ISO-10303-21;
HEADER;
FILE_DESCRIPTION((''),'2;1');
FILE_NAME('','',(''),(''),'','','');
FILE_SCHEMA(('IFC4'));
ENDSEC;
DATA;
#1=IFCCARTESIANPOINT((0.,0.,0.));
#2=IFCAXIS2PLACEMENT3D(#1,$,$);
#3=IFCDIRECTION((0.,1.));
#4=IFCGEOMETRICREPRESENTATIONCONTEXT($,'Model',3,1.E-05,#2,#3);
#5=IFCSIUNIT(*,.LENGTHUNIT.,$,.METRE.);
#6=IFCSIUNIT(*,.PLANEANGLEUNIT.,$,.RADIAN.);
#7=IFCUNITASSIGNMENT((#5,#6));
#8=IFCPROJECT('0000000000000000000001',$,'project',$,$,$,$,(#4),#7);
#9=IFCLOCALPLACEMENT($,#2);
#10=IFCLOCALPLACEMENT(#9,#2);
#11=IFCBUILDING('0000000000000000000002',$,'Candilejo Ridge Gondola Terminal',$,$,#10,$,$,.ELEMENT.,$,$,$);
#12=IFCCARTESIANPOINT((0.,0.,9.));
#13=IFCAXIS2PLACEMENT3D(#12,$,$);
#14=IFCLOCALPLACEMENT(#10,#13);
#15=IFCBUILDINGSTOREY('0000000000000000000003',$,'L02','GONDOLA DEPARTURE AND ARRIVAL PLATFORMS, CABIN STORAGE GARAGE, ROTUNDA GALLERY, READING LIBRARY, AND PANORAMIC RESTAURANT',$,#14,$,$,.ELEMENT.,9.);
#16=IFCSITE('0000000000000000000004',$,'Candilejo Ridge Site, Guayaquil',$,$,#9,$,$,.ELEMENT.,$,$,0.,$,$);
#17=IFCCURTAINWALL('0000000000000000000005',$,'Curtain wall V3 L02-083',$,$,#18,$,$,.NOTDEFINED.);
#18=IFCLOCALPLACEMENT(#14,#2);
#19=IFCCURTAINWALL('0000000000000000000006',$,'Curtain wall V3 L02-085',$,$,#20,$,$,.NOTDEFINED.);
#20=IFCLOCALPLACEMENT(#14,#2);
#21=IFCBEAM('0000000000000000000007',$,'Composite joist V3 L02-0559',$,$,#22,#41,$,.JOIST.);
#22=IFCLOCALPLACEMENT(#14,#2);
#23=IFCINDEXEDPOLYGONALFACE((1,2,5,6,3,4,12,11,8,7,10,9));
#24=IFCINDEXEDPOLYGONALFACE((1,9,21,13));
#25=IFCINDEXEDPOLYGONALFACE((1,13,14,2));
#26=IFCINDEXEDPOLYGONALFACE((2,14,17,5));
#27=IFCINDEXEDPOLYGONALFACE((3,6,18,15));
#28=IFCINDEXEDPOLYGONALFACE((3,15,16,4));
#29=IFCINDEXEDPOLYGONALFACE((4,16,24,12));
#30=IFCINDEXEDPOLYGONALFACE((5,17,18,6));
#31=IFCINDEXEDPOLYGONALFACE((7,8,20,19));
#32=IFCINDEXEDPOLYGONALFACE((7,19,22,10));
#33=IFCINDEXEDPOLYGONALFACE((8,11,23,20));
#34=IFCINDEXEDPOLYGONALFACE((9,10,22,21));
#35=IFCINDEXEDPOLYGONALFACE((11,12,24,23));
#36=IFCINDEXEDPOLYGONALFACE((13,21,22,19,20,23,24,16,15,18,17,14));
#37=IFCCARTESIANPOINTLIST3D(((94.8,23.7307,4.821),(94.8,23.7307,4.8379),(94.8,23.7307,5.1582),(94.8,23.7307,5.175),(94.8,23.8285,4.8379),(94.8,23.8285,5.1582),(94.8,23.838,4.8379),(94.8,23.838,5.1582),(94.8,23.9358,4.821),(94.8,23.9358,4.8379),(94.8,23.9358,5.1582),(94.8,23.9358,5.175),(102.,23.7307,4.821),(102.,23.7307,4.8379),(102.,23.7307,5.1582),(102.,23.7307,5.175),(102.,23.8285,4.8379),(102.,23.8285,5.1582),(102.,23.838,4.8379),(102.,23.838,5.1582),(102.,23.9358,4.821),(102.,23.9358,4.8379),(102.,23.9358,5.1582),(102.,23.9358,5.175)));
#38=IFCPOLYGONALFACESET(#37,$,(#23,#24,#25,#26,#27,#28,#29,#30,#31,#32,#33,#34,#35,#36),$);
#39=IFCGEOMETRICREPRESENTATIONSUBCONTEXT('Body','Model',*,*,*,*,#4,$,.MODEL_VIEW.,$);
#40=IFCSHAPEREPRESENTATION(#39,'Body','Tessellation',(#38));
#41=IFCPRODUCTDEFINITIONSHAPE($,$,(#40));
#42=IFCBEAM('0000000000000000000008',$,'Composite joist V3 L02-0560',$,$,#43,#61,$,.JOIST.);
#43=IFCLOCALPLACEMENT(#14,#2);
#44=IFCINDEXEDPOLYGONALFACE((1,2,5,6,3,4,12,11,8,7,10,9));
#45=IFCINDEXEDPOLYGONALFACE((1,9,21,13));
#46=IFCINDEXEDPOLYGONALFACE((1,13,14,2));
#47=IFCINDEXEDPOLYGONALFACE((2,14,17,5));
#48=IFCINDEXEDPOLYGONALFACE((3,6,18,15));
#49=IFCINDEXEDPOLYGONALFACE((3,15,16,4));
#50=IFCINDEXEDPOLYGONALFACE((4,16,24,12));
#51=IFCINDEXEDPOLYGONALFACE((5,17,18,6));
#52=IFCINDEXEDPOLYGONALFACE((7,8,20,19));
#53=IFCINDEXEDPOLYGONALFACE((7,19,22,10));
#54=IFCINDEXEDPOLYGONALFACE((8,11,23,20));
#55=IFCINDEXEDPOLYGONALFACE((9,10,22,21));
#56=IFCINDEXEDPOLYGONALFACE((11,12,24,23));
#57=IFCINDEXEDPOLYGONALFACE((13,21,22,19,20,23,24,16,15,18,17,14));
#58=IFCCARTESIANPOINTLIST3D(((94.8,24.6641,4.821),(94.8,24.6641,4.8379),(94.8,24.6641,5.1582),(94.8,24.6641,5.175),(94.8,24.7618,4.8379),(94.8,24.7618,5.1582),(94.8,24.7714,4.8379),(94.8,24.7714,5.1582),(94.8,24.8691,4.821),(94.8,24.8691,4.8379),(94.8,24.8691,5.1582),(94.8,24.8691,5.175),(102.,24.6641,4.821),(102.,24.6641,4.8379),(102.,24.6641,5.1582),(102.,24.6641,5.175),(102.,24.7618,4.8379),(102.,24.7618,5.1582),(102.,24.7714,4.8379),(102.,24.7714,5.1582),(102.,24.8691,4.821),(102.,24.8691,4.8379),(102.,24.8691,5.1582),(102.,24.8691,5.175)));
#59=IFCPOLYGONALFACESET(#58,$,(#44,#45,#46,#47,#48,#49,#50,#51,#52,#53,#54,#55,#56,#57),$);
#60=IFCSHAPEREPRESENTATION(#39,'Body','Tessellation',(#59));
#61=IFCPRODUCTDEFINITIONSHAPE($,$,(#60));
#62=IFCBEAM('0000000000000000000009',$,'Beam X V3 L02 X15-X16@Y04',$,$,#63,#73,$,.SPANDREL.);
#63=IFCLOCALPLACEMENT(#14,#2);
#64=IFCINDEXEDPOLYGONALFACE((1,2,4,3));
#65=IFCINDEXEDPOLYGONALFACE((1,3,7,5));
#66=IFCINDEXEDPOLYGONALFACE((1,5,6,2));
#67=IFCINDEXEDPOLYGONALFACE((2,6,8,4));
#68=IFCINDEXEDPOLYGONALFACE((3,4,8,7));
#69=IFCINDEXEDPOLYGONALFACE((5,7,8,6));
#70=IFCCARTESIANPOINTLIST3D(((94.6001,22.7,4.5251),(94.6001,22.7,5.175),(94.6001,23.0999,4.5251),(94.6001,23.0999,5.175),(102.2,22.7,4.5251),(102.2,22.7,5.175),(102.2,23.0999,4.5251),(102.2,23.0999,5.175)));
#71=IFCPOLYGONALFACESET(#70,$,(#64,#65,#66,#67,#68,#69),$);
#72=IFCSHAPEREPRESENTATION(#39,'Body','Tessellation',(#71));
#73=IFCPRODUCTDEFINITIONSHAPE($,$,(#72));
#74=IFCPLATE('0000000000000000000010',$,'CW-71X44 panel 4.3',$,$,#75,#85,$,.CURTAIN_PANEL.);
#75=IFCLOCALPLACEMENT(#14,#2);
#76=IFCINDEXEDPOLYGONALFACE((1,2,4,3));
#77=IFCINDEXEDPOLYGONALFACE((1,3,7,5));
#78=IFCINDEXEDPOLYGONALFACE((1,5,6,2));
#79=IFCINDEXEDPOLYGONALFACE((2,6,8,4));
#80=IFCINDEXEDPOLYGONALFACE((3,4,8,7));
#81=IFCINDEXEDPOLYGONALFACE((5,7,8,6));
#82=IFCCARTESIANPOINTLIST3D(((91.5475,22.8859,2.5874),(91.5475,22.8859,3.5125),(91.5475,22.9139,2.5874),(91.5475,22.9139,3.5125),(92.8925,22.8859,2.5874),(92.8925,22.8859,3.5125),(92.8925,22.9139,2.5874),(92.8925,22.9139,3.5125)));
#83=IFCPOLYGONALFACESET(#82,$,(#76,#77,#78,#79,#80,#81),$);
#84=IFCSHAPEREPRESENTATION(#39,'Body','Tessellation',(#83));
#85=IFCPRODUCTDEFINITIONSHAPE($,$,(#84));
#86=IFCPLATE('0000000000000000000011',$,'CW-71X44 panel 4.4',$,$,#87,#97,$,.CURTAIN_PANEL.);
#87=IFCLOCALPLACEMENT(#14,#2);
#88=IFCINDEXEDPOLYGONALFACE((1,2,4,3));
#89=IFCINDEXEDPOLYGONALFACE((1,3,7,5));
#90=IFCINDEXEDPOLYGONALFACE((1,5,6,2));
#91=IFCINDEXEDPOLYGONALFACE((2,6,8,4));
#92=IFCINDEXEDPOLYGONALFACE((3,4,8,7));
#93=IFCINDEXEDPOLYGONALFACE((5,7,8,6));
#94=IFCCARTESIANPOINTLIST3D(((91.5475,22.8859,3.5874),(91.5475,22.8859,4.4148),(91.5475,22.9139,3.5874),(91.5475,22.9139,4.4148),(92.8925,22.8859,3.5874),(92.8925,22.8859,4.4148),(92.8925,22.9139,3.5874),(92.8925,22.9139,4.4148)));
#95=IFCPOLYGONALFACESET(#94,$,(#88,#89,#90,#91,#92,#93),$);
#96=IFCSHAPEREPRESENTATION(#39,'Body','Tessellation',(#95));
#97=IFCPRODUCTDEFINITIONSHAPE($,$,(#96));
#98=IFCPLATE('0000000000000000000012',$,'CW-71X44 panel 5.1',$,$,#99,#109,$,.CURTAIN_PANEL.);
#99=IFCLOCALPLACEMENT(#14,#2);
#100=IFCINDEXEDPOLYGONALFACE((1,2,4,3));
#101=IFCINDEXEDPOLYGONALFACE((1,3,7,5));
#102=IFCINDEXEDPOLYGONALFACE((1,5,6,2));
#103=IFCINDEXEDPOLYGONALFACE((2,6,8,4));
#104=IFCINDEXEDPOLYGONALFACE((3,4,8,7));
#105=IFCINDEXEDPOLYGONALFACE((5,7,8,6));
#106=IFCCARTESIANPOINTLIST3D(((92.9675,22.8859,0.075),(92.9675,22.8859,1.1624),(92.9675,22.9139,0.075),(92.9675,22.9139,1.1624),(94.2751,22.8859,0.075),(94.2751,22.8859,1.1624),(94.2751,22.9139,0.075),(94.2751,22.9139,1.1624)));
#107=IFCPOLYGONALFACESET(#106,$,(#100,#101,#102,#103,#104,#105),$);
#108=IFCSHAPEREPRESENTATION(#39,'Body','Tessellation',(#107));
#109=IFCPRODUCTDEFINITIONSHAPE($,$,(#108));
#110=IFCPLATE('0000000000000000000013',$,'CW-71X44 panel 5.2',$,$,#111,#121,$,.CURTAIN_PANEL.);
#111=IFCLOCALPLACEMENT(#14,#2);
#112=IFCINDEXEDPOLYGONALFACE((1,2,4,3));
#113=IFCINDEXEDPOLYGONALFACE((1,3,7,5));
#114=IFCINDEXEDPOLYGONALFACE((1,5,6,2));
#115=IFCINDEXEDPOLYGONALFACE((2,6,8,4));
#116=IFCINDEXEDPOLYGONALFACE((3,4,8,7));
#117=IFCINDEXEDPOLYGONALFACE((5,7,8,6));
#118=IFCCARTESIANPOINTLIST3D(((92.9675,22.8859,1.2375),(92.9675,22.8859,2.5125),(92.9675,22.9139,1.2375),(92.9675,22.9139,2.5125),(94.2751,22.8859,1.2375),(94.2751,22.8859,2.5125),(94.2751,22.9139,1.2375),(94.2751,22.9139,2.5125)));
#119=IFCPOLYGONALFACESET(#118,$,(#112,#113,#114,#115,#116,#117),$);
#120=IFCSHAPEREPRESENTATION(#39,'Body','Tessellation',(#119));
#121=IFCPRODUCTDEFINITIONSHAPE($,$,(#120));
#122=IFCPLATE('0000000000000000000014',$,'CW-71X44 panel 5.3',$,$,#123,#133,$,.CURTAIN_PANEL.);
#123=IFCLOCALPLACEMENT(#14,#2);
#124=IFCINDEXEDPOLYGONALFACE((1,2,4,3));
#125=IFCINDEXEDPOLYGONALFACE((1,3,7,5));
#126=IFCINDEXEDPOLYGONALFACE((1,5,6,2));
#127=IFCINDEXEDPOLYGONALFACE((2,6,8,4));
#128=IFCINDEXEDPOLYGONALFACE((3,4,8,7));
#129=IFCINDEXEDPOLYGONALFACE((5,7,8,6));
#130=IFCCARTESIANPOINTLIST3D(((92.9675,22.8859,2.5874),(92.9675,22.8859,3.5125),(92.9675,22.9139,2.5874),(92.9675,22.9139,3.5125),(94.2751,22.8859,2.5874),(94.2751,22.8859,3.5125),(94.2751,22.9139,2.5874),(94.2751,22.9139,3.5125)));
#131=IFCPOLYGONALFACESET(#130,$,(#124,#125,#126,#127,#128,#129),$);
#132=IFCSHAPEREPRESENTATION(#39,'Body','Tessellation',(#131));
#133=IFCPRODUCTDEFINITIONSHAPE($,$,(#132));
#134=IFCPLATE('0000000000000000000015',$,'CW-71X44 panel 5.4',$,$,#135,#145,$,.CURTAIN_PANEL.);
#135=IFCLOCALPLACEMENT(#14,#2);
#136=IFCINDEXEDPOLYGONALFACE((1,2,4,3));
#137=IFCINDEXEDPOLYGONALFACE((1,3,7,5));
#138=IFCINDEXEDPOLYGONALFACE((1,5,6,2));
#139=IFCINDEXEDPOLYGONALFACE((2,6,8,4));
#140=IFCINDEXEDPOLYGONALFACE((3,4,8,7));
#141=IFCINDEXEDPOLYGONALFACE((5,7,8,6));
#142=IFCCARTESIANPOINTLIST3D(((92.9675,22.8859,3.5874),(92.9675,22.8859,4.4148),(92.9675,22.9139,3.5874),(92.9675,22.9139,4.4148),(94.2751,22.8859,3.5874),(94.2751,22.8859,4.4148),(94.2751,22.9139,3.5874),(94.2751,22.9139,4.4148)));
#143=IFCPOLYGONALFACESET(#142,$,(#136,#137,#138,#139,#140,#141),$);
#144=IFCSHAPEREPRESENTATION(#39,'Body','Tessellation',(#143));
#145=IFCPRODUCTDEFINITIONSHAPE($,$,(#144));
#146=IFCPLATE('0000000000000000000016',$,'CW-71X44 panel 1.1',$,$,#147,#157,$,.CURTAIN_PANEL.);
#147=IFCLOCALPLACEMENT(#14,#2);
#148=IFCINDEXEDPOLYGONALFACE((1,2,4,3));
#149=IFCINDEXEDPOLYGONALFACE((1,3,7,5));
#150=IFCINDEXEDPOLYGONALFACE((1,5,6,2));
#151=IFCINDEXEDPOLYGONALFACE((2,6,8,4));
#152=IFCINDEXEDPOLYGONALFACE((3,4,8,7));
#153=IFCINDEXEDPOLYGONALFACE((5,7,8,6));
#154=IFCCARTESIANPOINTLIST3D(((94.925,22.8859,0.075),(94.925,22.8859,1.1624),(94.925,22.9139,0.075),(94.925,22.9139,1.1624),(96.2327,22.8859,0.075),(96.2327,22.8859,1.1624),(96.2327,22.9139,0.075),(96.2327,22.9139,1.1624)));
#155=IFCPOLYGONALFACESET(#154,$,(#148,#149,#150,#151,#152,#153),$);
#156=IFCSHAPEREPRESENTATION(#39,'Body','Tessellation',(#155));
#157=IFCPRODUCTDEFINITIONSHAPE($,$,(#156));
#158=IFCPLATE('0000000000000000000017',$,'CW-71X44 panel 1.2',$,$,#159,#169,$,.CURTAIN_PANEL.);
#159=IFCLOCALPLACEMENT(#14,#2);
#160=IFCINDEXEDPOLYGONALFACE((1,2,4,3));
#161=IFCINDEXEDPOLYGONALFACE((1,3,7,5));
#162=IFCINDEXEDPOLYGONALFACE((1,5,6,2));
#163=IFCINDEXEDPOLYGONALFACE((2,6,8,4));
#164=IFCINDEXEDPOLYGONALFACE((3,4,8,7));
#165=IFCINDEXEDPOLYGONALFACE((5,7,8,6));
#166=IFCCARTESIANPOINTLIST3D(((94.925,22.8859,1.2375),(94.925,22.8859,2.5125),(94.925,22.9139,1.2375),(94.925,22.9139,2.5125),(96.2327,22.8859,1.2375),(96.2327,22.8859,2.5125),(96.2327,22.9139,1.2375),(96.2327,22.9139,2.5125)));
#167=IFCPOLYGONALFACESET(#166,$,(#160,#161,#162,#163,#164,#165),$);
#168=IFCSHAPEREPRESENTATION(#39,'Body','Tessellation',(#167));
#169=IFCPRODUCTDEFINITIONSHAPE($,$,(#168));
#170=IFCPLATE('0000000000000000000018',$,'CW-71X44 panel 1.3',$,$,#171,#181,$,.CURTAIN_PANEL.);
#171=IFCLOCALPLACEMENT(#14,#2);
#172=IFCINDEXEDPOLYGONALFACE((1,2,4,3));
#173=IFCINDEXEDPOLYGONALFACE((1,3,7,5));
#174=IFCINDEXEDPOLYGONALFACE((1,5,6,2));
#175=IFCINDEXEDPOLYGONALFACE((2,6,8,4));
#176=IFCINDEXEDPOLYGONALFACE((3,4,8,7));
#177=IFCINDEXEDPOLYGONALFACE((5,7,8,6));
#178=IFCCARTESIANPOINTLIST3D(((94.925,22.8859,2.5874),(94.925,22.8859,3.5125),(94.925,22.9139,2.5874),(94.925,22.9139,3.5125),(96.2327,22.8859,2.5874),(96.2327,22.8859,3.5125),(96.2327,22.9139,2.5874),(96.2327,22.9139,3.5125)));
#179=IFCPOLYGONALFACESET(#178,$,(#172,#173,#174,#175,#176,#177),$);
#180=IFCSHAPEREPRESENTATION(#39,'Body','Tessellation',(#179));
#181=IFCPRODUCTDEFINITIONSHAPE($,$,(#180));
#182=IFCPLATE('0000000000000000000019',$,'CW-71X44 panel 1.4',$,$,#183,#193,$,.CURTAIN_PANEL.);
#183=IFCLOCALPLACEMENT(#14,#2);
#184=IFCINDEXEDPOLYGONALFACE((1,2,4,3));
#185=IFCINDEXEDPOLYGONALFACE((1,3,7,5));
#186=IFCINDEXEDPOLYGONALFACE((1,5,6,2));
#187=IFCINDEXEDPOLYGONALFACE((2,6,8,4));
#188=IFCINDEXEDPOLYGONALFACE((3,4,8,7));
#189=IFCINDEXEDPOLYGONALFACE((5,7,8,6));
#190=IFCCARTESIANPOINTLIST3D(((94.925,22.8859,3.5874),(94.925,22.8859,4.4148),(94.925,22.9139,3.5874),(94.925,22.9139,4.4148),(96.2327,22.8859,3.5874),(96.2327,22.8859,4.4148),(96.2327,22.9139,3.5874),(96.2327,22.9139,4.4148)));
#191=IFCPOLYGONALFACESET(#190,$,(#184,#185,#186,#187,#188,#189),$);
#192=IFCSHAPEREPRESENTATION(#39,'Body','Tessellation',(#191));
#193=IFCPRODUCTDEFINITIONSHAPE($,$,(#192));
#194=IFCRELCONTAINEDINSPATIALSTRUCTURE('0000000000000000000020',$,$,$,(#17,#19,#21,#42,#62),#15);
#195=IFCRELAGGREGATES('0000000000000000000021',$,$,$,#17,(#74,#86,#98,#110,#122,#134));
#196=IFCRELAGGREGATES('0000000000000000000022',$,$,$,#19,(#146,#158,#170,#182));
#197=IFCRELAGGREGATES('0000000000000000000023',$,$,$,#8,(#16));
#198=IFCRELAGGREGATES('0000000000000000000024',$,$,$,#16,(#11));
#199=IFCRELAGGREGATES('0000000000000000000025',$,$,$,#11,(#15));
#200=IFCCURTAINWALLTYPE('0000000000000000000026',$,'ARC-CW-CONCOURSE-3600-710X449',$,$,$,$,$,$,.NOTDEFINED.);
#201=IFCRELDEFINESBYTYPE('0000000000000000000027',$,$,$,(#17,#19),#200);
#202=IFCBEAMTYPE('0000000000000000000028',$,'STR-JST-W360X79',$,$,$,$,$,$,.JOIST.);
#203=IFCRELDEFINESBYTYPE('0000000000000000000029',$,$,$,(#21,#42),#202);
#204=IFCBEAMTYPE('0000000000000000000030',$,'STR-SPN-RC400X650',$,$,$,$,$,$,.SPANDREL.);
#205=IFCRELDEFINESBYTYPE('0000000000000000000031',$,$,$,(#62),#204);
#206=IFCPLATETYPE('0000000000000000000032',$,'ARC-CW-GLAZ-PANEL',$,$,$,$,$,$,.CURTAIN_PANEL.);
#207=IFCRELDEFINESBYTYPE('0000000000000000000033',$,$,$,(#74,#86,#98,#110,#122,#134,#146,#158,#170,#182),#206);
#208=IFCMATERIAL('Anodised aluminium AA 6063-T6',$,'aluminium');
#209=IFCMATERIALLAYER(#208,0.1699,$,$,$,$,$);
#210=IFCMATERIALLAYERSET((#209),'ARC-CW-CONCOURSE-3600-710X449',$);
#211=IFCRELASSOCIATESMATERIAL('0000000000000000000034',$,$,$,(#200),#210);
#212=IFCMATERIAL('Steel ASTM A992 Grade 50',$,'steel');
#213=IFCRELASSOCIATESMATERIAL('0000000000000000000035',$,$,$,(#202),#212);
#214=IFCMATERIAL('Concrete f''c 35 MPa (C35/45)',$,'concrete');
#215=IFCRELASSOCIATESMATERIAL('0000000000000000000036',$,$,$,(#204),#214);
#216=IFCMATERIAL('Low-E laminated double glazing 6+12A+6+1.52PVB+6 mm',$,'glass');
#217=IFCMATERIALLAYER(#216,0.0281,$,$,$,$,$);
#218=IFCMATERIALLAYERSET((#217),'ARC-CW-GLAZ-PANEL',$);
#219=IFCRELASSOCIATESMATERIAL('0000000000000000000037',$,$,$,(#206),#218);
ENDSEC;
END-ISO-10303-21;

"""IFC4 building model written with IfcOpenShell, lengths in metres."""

from ifc_helpers import new_model, si_unit, direction, frame, origin, origin_2d, place, context, subcontext, project, spatial, rectangle, i_section, extrude, material, layer, layer_set, material_profile, profile_set, type_object, element, aggregate, save


model = new_model("IFC4")

# Units and contexts
model_context = context("Model", 3, precision=1e-05, world=origin(), true_north=direction((0.0, 1.0)))
body_context = subcontext(model_context, "Body", "Model", "MODEL_VIEW")
ifc_project = project(units=[si_unit("LENGTHUNIT", "METRE"), si_unit("PLANEANGLEUNIT", "RADIAN")], contexts=[model_context])

# Site, building, storey
site_placement = place(None, origin())
site = spatial("IfcSite", under=ifc_project, at=site_placement, Name="Candilejo Ridge Site, Guayaquil", CompositionType="ELEMENT", RefElevation=0.0)
building_placement = place(site_placement, origin())
building = spatial("IfcBuilding", under=site, at=building_placement, Name="Candilejo Ridge Gondola Terminal", CompositionType="ELEMENT")
storey_placement = place(building_placement, frame((0.0, 0.0, 9.0)))
storey = spatial("IfcBuildingStorey", under=building, at=storey_placement, Name="L02", Description="GONDOLA DEPARTURE AND ARRIVAL PLATFORMS, CABIN STORAGE GARAGE, ROTUNDA GALLERY, READING LIBRARY, AND PANORAMIC RESTAURANT", CompositionType="ELEMENT", Elevation=9.0)

# Curtain walls
ifc_material_1 = material(Name="Anodised aluminium AA 6063-T6", Category="aluminium")
ifc_layer_1 = layer(ifc_material_1, 0.1699)
ifc_layer_set_1 = layer_set([ifc_layer_1], Name="ARC-CW-CONCOURSE-3600-710X449")
curtain_wall_type = type_object("IfcCurtainWallType", Name="ARC-CW-CONCOURSE-3600-710X449", PredefinedType="NOTDEFINED", material=ifc_layer_set_1)
curtain_wall_1_placement = place(storey_placement, origin())
curtain_wall_1 = element("IfcCurtainWall", 1, at=curtain_wall_1_placement, inside=storey, type_object=curtain_wall_type, Name="Curtain wall V3 L02-083", PredefinedType="NOTDEFINED")
curtain_wall_2_placement = place(storey_placement, origin())
curtain_wall_2 = element("IfcCurtainWall", 2, at=curtain_wall_2_placement, inside=storey, type_object=curtain_wall_type, Name="Curtain wall V3 L02-085", PredefinedType="NOTDEFINED")

# Beams
ifc_material_2 = material(Name="Steel ASTM A992 Grade 50", Category="steel")
ifc_material_profile_1 = material_profile(ifc_material_2, i_section(OverallWidth=0.2051, OverallDepth=0.354, WebThickness=0.0095, FlangeThickness=0.0168, at=origin_2d()))
ifc_profile_set_1 = profile_set([ifc_material_profile_1], Name="Steel ASTM A992 Grade 50")
beam_type_1 = type_object("IfcBeamType", Name="STR-JST-W360X79", PredefinedType="JOIST", material=ifc_profile_set_1)
for number, where, z_axis, x_axis, name in (
    (3, (94.8, 23.8333, 4.998), (1.0, 0.0, 0.0), (0.0, 1.0, 0.0), "Composite joist V3 L02-0559"),
    (4, (94.8, 24.7666, 4.998), (1.0, 0.0, 0.0), (0.0, 1.0, 0.0), "Composite joist V3 L02-0560"),
):
    element("IfcBeam", number, at=place(storey_placement, frame(where, z_axis=z_axis, x_axis=x_axis)), inside=storey, type_object=beam_type_1, Name=name, PredefinedType="JOIST", context=body_context, shape_type="SweptSolid", body=[
        extrude(i_section(OverallWidth=0.2051, OverallDepth=0.354, WebThickness=0.0095, FlangeThickness=0.0168, at=origin_2d()), origin(), (0.0, 0.0, 1.0), 7.2),
    ])
ifc_material_3 = material(Name="Concrete f'c 35 MPa (C35/45)", Category="concrete")
ifc_material_profile_2 = material_profile(ifc_material_3, rectangle(XDim=0.3999, YDim=0.6499, at=origin_2d()))
ifc_profile_set_2 = profile_set([ifc_material_profile_2], Name="Concrete f'c 35 MPa (C35/45)")
beam_type_2 = type_object("IfcBeamType", Name="STR-SPN-RC400X650", PredefinedType="SPANDREL", material=ifc_profile_set_2)
beam_1_placement = place(storey_placement, frame((94.6001, 22.8999, 4.8501), z_axis=(1.0, 0.0, 0.0), x_axis=(0.0, 1.0, 0.0)))
element("IfcBeam", 5, at=beam_1_placement, inside=storey, type_object=beam_type_2, Name="Beam X V3 L02 X15-X16@Y04", PredefinedType="SPANDREL", context=body_context, shape_type="SweptSolid", body=[
    extrude(rectangle(XDim=0.3999, YDim=0.6499, at=origin_2d()), origin(), (0.0, 0.0, 1.0), 7.5999),
])

# Plates
ifc_material_4 = material(Name="Low-E laminated double glazing 6+12A+6+1.52PVB+6 mm", Category="glass")
ifc_layer_2 = layer(ifc_material_4, 0.0281)
ifc_layer_set_2 = layer_set([ifc_layer_2], Name="ARC-CW-GLAZ-PANEL")
plate_type = type_object("IfcPlateType", Name="ARC-CW-GLAZ-PANEL", PredefinedType="CURTAIN_PANEL", material=ifc_layer_set_2)
plate_1_placement = place(storey_placement, frame((92.22, 22.8999, 2.5874), z_axis=(0.0, 0.0, 1.0), x_axis=(1.0, 0.0, 0.0)))
plate_1 = element("IfcPlate", 6, at=plate_1_placement, type_object=plate_type, Name="CW-71X44 panel 4.3", PredefinedType="CURTAIN_PANEL", context=body_context, shape_type="SweptSolid", body=[
    extrude(rectangle(XDim=1.345, YDim=0.0281, at=origin_2d()), origin(), (0.0, 0.0, 1.0), 0.925),
])
plate_2_placement = place(storey_placement, frame((92.22, 22.8999, 3.5874), z_axis=(0.0, 0.0, 1.0), x_axis=(1.0, 0.0, 0.0)))
plate_2 = element("IfcPlate", 7, at=plate_2_placement, type_object=plate_type, Name="CW-71X44 panel 4.4", PredefinedType="CURTAIN_PANEL", context=body_context, shape_type="SweptSolid", body=[
    extrude(rectangle(XDim=1.345, YDim=0.0281, at=origin_2d()), origin(), (0.0, 0.0, 1.0), 0.8274),
])
plate_3_placement = place(storey_placement, frame((93.6213, 22.8999, 0.075), z_axis=(0.0, 0.0, 1.0), x_axis=(1.0, 0.0, 0.0)))
plate_3 = element("IfcPlate", 8, at=plate_3_placement, type_object=plate_type, Name="CW-71X44 panel 5.1", PredefinedType="CURTAIN_PANEL", context=body_context, shape_type="SweptSolid", body=[
    extrude(rectangle(XDim=1.3076, YDim=0.0281, at=origin_2d()), origin(), (0.0, 0.0, 1.0), 1.0874),
])
plate_4_placement = place(storey_placement, frame((93.6213, 22.8999, 1.2375), z_axis=(0.0, 0.0, 1.0), x_axis=(1.0, 0.0, 0.0)))
plate_4 = element("IfcPlate", 9, at=plate_4_placement, type_object=plate_type, Name="CW-71X44 panel 5.2", PredefinedType="CURTAIN_PANEL", context=body_context, shape_type="SweptSolid", body=[
    extrude(rectangle(XDim=1.3076, YDim=0.0281, at=origin_2d()), origin(), (0.0, 0.0, 1.0), 1.2749),
])
plate_5_placement = place(storey_placement, frame((93.6213, 22.8999, 2.5874), z_axis=(0.0, 0.0, 1.0), x_axis=(1.0, 0.0, 0.0)))
plate_5 = element("IfcPlate", 10, at=plate_5_placement, type_object=plate_type, Name="CW-71X44 panel 5.3", PredefinedType="CURTAIN_PANEL", context=body_context, shape_type="SweptSolid", body=[
    extrude(rectangle(XDim=1.3076, YDim=0.0281, at=origin_2d()), origin(), (0.0, 0.0, 1.0), 0.925),
])
plate_6_placement = place(storey_placement, frame((93.6213, 22.8999, 3.5874), z_axis=(0.0, 0.0, 1.0), x_axis=(1.0, 0.0, 0.0)))
plate_6 = element("IfcPlate", 11, at=plate_6_placement, type_object=plate_type, Name="CW-71X44 panel 5.4", PredefinedType="CURTAIN_PANEL", context=body_context, shape_type="SweptSolid", body=[
    extrude(rectangle(XDim=1.3076, YDim=0.0281, at=origin_2d()), origin(), (0.0, 0.0, 1.0), 0.8274),
])
aggregate(curtain_wall_1, [plate_1, plate_2, plate_3, plate_4, plate_5, plate_6])
plate_7_placement = place(storey_placement, frame((95.5789, 22.8999, 0.075), z_axis=(0.0, 0.0, 1.0), x_axis=(1.0, 0.0, 0.0)))
plate_7 = element("IfcPlate", 12, at=plate_7_placement, type_object=plate_type, Name="CW-71X44 panel 1.1", PredefinedType="CURTAIN_PANEL", context=body_context, shape_type="SweptSolid", body=[
    extrude(rectangle(XDim=1.3076, YDim=0.0281, at=origin_2d()), origin(), (0.0, 0.0, 1.0), 1.0874),
])
plate_8_placement = place(storey_placement, frame((95.5789, 22.8999, 1.2375), z_axis=(0.0, 0.0, 1.0), x_axis=(1.0, 0.0, 0.0)))
plate_8 = element("IfcPlate", 13, at=plate_8_placement, type_object=plate_type, Name="CW-71X44 panel 1.2", PredefinedType="CURTAIN_PANEL", context=body_context, shape_type="SweptSolid", body=[
    extrude(rectangle(XDim=1.3076, YDim=0.0281, at=origin_2d()), origin(), (0.0, 0.0, 1.0), 1.2749),
])
plate_9_placement = place(storey_placement, frame((95.5789, 22.8999, 2.5874), z_axis=(0.0, 0.0, 1.0), x_axis=(1.0, 0.0, 0.0)))
plate_9 = element("IfcPlate", 14, at=plate_9_placement, type_object=plate_type, Name="CW-71X44 panel 1.3", PredefinedType="CURTAIN_PANEL", context=body_context, shape_type="SweptSolid", body=[
    extrude(rectangle(XDim=1.3076, YDim=0.0281, at=origin_2d()), origin(), (0.0, 0.0, 1.0), 0.925),
])
plate_10_placement = place(storey_placement, frame((95.5789, 22.8999, 3.5874), z_axis=(0.0, 0.0, 1.0), x_axis=(1.0, 0.0, 0.0)))
plate_10 = element("IfcPlate", 15, at=plate_10_placement, type_object=plate_type, Name="CW-71X44 panel 1.4", PredefinedType="CURTAIN_PANEL", context=body_context, shape_type="SweptSolid", body=[
    extrude(rectangle(XDim=1.3076, YDim=0.0281, at=origin_2d()), origin(), (0.0, 0.0, 1.0), 0.8274),
])
aggregate(curtain_wall_2, [plate_7, plate_8, plate_9, plate_10])

save(model, "model.ifc")
